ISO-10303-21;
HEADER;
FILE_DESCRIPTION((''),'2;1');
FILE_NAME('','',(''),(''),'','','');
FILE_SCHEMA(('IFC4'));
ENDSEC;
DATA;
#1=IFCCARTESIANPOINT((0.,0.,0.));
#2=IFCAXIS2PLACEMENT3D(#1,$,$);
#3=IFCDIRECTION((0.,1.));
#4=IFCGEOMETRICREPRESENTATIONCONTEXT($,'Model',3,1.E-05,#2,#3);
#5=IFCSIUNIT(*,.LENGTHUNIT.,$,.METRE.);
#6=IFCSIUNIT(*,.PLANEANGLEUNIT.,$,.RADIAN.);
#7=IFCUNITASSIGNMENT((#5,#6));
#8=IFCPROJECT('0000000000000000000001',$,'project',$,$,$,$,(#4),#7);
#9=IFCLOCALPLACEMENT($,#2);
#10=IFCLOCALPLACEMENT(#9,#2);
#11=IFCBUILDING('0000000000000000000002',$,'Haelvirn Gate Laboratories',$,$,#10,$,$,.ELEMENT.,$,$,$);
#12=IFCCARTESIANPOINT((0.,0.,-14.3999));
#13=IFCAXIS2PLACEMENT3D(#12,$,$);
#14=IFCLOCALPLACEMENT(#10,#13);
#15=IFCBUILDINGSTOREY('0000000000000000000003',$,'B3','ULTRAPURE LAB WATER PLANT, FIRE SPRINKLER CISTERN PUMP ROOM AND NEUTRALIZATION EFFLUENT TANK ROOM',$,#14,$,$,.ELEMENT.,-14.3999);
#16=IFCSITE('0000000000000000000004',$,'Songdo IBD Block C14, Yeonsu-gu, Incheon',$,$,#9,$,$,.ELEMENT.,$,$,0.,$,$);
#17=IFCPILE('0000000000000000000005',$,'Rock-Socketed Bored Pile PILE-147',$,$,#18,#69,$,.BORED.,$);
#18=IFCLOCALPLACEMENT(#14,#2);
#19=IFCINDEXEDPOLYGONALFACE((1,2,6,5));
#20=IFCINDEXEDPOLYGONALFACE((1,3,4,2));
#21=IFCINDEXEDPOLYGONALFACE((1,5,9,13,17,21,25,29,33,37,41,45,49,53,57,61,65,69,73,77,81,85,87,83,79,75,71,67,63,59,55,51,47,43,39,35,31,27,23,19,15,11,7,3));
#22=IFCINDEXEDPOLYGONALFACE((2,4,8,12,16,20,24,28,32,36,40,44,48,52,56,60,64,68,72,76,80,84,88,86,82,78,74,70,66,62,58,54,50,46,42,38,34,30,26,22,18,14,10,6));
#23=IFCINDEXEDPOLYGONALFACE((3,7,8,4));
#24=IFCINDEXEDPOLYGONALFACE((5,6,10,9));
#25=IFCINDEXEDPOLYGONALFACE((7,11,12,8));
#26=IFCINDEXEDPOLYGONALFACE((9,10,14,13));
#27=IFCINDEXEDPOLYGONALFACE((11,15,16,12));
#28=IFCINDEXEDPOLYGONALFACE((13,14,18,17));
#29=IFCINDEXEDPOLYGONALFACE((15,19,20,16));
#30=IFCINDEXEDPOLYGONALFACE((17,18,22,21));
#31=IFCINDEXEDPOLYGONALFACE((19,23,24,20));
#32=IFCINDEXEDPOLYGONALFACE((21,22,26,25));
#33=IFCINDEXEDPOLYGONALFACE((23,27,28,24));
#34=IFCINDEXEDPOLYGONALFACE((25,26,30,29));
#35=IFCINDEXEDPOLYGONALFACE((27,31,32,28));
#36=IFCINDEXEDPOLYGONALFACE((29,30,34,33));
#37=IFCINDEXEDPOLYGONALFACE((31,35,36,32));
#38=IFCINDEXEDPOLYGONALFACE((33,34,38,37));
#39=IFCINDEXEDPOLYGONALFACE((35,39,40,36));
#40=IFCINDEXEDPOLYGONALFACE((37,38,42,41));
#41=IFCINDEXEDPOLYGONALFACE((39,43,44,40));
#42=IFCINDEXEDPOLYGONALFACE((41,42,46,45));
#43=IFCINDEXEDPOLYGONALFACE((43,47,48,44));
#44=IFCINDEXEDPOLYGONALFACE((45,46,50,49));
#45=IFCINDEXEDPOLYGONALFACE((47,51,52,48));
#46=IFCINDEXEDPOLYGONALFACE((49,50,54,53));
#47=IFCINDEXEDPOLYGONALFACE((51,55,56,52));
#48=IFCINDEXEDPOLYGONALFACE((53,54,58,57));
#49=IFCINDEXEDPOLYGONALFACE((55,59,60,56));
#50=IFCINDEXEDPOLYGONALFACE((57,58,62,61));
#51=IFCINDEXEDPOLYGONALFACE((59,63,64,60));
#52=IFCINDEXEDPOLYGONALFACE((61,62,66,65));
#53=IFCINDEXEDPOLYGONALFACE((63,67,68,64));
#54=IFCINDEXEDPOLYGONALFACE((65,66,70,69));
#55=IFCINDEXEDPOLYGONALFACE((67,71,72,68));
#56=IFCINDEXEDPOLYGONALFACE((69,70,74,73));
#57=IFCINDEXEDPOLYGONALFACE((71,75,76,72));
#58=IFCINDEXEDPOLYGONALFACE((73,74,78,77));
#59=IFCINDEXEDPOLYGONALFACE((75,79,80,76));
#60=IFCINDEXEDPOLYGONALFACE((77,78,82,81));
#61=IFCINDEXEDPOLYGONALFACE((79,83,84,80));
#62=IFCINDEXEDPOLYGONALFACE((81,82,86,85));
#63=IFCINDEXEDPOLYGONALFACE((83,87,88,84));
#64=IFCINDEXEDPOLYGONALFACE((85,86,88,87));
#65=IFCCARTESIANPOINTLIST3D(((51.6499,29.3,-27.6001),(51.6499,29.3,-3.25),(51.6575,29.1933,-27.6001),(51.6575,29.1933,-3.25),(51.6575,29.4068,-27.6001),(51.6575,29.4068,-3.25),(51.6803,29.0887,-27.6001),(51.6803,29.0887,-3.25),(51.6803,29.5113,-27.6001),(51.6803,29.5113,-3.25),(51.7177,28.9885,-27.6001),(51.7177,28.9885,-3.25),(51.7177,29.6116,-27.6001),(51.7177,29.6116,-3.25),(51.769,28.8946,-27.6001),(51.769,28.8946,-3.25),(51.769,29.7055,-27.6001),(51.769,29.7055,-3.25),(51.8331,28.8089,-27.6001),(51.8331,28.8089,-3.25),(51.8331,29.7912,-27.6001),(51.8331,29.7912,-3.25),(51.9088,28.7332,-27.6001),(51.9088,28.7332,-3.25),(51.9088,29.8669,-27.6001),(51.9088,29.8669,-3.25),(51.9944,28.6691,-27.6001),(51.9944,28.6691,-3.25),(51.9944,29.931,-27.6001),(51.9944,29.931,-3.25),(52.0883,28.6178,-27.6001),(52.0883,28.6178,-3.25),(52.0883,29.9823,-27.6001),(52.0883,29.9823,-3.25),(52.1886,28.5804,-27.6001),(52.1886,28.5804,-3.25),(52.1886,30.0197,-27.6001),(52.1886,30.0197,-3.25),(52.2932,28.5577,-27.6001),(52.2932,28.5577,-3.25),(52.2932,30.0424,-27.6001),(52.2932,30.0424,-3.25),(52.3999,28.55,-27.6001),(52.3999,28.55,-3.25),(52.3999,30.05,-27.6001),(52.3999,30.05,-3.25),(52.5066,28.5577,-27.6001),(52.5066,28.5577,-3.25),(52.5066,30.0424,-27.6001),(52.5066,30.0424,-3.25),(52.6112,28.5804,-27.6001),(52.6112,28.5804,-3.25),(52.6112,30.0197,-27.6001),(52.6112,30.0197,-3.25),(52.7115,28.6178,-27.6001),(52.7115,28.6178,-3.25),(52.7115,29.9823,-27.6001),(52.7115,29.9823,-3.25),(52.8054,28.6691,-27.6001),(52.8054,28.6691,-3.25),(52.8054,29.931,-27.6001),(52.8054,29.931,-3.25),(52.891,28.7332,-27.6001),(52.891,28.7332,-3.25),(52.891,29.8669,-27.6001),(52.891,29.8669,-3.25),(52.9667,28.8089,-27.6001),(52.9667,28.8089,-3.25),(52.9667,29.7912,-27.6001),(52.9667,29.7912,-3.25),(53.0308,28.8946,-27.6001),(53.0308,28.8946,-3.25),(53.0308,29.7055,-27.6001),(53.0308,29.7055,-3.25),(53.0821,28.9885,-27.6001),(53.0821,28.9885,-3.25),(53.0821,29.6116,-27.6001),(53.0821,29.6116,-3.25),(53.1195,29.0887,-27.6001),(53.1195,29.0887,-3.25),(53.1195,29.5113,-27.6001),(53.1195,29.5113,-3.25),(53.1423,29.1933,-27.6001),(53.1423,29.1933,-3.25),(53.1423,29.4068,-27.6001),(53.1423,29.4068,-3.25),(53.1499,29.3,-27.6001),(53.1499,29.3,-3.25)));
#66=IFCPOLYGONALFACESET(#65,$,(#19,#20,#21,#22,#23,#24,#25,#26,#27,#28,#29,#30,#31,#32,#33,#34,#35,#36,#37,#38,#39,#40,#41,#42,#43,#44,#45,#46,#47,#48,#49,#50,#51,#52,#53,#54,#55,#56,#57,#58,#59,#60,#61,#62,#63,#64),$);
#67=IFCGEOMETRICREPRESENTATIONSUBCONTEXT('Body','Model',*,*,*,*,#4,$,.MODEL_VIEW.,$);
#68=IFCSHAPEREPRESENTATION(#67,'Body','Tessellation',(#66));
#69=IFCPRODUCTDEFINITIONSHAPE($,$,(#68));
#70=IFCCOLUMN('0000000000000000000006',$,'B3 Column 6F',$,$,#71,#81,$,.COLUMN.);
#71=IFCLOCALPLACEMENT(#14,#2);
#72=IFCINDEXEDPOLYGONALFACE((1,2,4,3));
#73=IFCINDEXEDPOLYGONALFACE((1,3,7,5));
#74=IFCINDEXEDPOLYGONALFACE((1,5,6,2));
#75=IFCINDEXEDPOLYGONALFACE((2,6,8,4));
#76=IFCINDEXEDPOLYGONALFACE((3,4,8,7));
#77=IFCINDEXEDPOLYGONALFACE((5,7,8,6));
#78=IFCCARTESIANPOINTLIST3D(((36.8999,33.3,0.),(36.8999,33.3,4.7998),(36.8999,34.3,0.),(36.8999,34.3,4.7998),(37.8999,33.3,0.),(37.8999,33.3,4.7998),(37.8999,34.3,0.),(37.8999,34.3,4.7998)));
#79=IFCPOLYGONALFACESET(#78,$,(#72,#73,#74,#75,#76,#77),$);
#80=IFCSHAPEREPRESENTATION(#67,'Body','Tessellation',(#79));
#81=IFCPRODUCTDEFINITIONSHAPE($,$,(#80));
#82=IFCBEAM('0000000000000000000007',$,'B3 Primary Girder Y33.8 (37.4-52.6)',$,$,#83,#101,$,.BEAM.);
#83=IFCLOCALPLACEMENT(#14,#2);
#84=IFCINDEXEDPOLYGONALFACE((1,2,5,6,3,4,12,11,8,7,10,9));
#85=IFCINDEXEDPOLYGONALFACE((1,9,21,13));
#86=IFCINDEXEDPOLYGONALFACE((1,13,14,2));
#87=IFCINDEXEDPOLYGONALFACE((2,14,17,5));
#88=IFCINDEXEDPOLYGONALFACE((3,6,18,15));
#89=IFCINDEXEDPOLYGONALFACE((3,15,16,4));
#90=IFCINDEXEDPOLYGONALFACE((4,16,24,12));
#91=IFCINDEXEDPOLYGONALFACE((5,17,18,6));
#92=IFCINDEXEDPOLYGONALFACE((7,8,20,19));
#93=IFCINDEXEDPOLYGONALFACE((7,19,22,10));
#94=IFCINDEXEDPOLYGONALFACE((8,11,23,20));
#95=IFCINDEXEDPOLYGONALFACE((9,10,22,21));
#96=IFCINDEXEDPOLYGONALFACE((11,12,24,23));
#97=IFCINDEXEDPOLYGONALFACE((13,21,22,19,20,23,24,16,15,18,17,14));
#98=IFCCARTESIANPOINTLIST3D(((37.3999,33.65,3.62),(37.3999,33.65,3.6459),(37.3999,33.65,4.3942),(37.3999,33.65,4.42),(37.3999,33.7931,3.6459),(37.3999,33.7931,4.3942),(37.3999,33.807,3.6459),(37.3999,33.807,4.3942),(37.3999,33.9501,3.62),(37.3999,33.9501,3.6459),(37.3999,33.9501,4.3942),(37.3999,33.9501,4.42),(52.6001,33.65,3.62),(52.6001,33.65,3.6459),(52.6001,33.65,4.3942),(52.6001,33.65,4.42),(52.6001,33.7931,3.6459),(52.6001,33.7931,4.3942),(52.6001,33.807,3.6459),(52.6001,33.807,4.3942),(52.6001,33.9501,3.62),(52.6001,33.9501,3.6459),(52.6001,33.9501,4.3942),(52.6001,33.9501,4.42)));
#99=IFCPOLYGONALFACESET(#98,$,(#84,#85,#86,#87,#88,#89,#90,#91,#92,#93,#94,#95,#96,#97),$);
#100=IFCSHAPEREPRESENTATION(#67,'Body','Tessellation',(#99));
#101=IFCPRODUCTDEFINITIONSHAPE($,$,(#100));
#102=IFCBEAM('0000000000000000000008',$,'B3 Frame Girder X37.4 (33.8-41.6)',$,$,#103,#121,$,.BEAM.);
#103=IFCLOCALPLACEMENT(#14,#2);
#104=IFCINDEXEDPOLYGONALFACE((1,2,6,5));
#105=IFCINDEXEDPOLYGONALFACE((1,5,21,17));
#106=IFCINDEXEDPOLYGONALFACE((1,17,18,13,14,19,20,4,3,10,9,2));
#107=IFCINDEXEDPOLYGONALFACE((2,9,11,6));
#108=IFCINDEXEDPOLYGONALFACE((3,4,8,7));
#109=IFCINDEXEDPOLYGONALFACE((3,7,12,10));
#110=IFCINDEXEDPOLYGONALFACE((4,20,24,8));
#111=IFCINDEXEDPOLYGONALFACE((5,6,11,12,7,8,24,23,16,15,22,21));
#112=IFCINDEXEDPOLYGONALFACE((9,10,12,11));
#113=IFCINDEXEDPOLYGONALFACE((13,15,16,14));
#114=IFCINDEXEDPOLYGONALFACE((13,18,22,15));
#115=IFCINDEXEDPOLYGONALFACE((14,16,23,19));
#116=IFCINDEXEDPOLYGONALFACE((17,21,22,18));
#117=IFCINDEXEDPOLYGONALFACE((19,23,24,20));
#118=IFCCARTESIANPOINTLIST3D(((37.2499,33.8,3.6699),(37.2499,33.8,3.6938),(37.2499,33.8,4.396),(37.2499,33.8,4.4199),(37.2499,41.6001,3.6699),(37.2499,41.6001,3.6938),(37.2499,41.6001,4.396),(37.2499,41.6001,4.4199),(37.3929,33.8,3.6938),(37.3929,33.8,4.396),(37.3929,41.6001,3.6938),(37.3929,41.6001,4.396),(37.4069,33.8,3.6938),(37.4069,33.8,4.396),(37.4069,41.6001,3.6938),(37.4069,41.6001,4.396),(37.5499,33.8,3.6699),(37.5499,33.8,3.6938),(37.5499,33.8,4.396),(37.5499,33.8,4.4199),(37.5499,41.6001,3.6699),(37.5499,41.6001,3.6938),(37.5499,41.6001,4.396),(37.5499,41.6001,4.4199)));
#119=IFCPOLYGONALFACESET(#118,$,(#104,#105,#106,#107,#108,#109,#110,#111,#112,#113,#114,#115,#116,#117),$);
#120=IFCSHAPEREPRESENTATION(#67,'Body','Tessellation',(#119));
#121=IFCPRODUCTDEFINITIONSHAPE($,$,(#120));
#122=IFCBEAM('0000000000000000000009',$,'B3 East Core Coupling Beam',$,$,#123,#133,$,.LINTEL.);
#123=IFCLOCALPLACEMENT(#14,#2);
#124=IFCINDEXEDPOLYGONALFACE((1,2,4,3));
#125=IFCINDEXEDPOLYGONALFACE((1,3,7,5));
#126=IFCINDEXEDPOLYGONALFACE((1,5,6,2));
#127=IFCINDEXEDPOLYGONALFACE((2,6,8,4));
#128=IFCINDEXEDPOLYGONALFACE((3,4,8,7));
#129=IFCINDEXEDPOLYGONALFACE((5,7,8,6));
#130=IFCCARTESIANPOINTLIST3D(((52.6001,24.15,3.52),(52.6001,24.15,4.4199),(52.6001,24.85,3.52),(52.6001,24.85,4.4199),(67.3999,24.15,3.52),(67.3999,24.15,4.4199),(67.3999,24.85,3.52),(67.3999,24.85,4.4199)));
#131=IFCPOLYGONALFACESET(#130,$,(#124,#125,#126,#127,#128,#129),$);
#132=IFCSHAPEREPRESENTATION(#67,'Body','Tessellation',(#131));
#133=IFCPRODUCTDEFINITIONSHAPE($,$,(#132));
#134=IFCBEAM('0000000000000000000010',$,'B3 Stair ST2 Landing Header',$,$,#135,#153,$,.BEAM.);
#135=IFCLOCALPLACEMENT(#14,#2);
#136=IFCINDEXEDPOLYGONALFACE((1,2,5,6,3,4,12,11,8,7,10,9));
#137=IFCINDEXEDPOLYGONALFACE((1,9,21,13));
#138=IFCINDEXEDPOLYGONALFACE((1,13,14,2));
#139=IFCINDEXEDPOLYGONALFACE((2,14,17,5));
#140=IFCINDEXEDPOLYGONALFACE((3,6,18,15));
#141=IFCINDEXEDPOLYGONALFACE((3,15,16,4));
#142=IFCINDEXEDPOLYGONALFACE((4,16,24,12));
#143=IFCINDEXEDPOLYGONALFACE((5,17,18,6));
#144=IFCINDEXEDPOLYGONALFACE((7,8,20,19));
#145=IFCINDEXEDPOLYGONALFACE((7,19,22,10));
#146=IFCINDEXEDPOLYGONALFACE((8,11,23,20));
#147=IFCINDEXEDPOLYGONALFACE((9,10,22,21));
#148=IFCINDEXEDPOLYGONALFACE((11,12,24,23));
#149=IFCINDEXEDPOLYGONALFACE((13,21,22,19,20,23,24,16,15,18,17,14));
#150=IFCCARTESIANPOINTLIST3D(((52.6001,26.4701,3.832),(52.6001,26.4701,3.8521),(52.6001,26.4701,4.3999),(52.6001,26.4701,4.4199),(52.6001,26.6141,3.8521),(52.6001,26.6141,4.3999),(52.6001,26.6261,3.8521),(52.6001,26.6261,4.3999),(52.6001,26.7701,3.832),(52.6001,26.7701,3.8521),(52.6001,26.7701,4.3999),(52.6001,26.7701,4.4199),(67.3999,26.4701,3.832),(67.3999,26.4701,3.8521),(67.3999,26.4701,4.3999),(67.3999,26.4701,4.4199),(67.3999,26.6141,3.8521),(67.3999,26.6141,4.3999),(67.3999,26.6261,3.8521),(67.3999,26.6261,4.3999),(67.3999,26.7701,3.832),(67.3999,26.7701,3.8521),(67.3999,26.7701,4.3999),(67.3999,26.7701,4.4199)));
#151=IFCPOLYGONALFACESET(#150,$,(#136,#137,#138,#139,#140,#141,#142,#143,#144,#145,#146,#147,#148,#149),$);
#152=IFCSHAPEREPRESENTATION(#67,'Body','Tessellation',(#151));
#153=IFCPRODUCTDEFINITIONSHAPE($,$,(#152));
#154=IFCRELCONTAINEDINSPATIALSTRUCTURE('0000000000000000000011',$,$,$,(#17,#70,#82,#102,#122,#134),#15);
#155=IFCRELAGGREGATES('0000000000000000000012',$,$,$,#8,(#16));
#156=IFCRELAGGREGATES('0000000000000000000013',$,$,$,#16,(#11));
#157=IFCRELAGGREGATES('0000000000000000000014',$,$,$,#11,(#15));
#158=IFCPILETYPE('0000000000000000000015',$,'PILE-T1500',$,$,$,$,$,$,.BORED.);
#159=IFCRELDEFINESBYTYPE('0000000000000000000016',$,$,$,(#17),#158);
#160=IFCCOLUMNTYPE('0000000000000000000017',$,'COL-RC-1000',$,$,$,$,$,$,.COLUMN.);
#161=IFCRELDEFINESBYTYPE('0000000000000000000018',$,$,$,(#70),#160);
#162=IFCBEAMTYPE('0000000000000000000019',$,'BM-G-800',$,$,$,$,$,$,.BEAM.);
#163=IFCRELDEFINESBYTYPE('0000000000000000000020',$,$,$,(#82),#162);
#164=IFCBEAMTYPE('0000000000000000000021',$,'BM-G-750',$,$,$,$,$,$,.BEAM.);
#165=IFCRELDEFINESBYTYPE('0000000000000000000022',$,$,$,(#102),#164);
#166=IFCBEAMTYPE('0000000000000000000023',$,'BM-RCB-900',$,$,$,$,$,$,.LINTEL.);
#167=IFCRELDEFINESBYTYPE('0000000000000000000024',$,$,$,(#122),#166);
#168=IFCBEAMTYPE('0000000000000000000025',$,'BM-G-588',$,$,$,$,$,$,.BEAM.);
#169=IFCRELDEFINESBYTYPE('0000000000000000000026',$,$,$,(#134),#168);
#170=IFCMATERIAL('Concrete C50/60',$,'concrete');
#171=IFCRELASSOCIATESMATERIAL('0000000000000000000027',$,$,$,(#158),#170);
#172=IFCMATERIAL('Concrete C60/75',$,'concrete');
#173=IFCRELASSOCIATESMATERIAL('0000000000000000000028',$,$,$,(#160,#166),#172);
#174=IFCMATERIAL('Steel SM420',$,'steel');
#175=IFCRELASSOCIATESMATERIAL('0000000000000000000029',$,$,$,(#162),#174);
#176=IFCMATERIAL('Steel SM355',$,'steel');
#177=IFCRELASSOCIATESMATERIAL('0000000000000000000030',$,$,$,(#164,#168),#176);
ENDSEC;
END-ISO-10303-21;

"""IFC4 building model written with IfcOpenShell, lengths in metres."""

from ifc_helpers import new_model, si_unit, direction, frame, origin, origin_2d, place, context, subcontext, project, spatial, rectangle, circle, i_section, extrude, source, transform, mapped, material, material_profile, profile_set, type_object, type_shapes, element, save


model = new_model("IFC4")

# Units and contexts
model_context = context("Model", 3, precision=1e-05, world=origin(), true_north=direction((0.0, 1.0)))
body_context = subcontext(model_context, "Body", "Model", "MODEL_VIEW")
ifc_project = project(units=[si_unit("LENGTHUNIT", "METRE"), si_unit("PLANEANGLEUNIT", "RADIAN")], contexts=[model_context])

# Site, building, storey
site_placement = place(None, origin())
site = spatial("IfcSite", under=ifc_project, at=site_placement, Name="Songdo IBD Block C14, Yeonsu-gu, Incheon", CompositionType="ELEMENT", RefElevation=0.0)
building_placement = place(site_placement, origin())
building = spatial("IfcBuilding", under=site, at=building_placement, Name="Haelvirn Gate Laboratories", CompositionType="ELEMENT")
storey_placement = place(building_placement, frame((0.0, 0.0, -14.3999)))
storey = spatial("IfcBuildingStorey", under=building, at=storey_placement, Name="B3", Description="ULTRAPURE LAB WATER PLANT, FIRE SPRINKLER CISTERN PUMP ROOM AND NEUTRALIZATION EFFLUENT TANK ROOM", CompositionType="ELEMENT", Elevation=-14.3999)

# Pile
ifc_material_1 = material(Name="Concrete C50/60", Category="concrete")
ifc_material_profile_1 = material_profile(ifc_material_1, circle(Radius=0.75, at=origin_2d()), Name="PILE-D1500")
ifc_profile_set_1 = profile_set([ifc_material_profile_1], Name="Concrete C50/60")
pile_type_1 = type_object("IfcPileType", Name="PILE-T1500", PredefinedType="BORED", material=ifc_profile_set_1)
shared_shape_1 = source(origin(), body_context, "Body", "SweptSolid", [
    extrude(circle(Radius=0.75, at=origin_2d()), origin(), (0.0, 0.0, 1.0), 24.3501),
])
type_shapes(pile_type_1, [shared_shape_1])
for number, where, z_axis, x_axis, name in (
    (1, (52.3999, 29.3, -3.25), (0.0, 0.0, -1.0), (1.0, 0.0, 0.0), "Rock-Socketed Bored Pile PILE-147"),
):
    element("IfcPile", number, at=place(storey_placement, frame(where, z_axis=z_axis, x_axis=x_axis)), inside=storey, type_object=pile_type_1, Name=name, PredefinedType="BORED", context=body_context, shape_type="MappedRepresentation", body=[
        mapped(shared_shape_1, transform((0.0, 0.0, 0.0), scale=1.0)),
    ])

# Column
ifc_material_2 = material(Name="Concrete C60/75", Category="concrete")
ifc_material_profile_2 = material_profile(ifc_material_2, rectangle(XDim=1.0, YDim=1.0, at=origin_2d()), Name="RC-1000x1000")
ifc_profile_set_2 = profile_set([ifc_material_profile_2], Name="Concrete C60/75")
column_type = type_object("IfcColumnType", Name="COL-RC-1000", PredefinedType="COLUMN", material=ifc_profile_set_2)
shared_shape_2 = source(origin(), body_context, "Body", "SweptSolid", [
    extrude(rectangle(XDim=1.0, YDim=1.0, at=origin_2d()), origin(), (0.0, 0.0, 1.0), 4.7998),
])
type_shapes(column_type, [shared_shape_2])
column_placement = place(storey_placement, frame((37.3999, 33.8, 0.0), z_axis=(0.0, 0.0, 1.0), x_axis=(1.0, 0.0, 0.0)))
element("IfcColumn", 2, at=column_placement, inside=storey, type_object=column_type, Name="B3 Column 6F", PredefinedType="COLUMN", context=body_context, shape_type="MappedRepresentation", body=[
    mapped(shared_shape_2, transform((0.0, 0.0, 0.0), scale=1.0)),
])

# Beams
ifc_material_3 = material(Name="Steel SM420", Category="steel")
ifc_material_profile_3 = material_profile(ifc_material_3, i_section(OverallWidth=0.3, OverallDepth=0.8, WebThickness=0.0139, FlangeThickness=0.0259, at=origin_2d()), Name="H-800x300x14x26")
ifc_profile_set_3 = profile_set([ifc_material_profile_3], Name="Steel SM420")
beam_type_1 = type_object("IfcBeamType", Name="BM-G-800", PredefinedType="BEAM", material=ifc_profile_set_3)
shared_shape_3 = source(origin(), body_context, "Body", "SweptSolid", [
    extrude(i_section(OverallWidth=0.3, OverallDepth=0.8, WebThickness=0.0139, FlangeThickness=0.0259, at=origin_2d()), origin(), (0.0, 0.0, 1.0), 15.2002),
])
type_shapes(beam_type_1, [shared_shape_3])
beam_1_placement = place(storey_placement, frame((37.3999, 33.8, 4.02), z_axis=(1.0, 0.0, 0.0), x_axis=(0.0, 1.0, 0.0)))
element("IfcBeam", 3, at=beam_1_placement, inside=storey, type_object=beam_type_1, Name="B3 Primary Girder Y33.8 (37.4-52.6)", PredefinedType="BEAM", context=body_context, shape_type="MappedRepresentation", body=[
    mapped(shared_shape_3, transform((0.0, 0.0, 0.0), scale=1.0)),
])
ifc_material_4 = material(Name="Steel SM355", Category="steel")
ifc_material_profile_4 = material_profile(ifc_material_4, i_section(OverallWidth=0.3, OverallDepth=0.75, WebThickness=0.0139, FlangeThickness=0.0239, at=origin_2d()), Name="H-750x300x14x24")
ifc_profile_set_4 = profile_set([ifc_material_profile_4], Name="Steel SM355")
beam_type_2 = type_object("IfcBeamType", Name="BM-G-750", PredefinedType="BEAM", material=ifc_profile_set_4)
shared_shape_4 = source(origin(), body_context, "Body", "SweptSolid", [
    extrude(i_section(OverallWidth=0.3, OverallDepth=0.75, WebThickness=0.0139, FlangeThickness=0.0239, at=origin_2d()), origin(), (0.0, 0.0, 1.0), 7.8),
])
type_shapes(beam_type_2, [shared_shape_4])
beam_2_placement = place(storey_placement, frame((37.3999, 33.8, 4.0449), z_axis=(0.0, 1.0, 0.0), x_axis=(-1.0, 0.0, 0.0)))
element("IfcBeam", 4, at=beam_2_placement, inside=storey, type_object=beam_type_2, Name="B3 Frame Girder X37.4 (33.8-41.6)", PredefinedType="BEAM", context=body_context, shape_type="MappedRepresentation", body=[
    mapped(shared_shape_4, transform((0.0, 0.0, 0.0), scale=1.0)),
])
ifc_material_profile_5 = material_profile(ifc_material_2, rectangle(XDim=0.7, YDim=0.8999, at=origin_2d()), Name="RCB-700x900")
ifc_profile_set_5 = profile_set([ifc_material_profile_5], Name="Concrete C60/75")
beam_type_3 = type_object("IfcBeamType", Name="BM-RCB-900", PredefinedType="LINTEL", material=ifc_profile_set_5)
shared_shape_5 = source(origin(), body_context, "Body", "SweptSolid", [
    extrude(rectangle(XDim=0.7, YDim=0.8999, at=origin_2d()), origin(), (0.0, 0.0, 1.0), 14.7998),
])
type_shapes(beam_type_3, [shared_shape_5])
beam_3_placement = place(storey_placement, frame((52.6001, 24.5, 3.97), z_axis=(1.0, 0.0, 0.0), x_axis=(0.0, 1.0, 0.0)))
element("IfcBeam", 5, at=beam_3_placement, inside=storey, type_object=beam_type_3, Name="B3 East Core Coupling Beam", PredefinedType="LINTEL", context=body_context, shape_type="MappedRepresentation", body=[
    mapped(shared_shape_5, transform((0.0, 0.0, 0.0), scale=1.0)),
])
ifc_material_profile_6 = material_profile(ifc_material_4, i_section(OverallWidth=0.3, OverallDepth=0.5879, WebThickness=0.012, FlangeThickness=0.02, at=origin_2d()), Name="H-588x300x12x20")
ifc_profile_set_6 = profile_set([ifc_material_profile_6], Name="Steel SM355")
beam_type_4 = type_object("IfcBeamType", Name="BM-G-588", PredefinedType="BEAM", material=ifc_profile_set_6)
shared_shape_6 = source(origin(), body_context, "Body", "SweptSolid", [
    extrude(i_section(OverallWidth=0.3, OverallDepth=0.5879, WebThickness=0.012, FlangeThickness=0.02, at=origin_2d()), origin(), (0.0, 0.0, 1.0), 14.7998),
])
type_shapes(beam_type_4, [shared_shape_6])
beam_4_placement = place(storey_placement, frame((52.6001, 26.6201, 4.126), z_axis=(1.0, 0.0, 0.0), x_axis=(0.0, 1.0, 0.0)))
element("IfcBeam", 6, at=beam_4_placement, inside=storey, type_object=beam_type_4, Name="B3 Stair ST2 Landing Header", PredefinedType="BEAM", context=body_context, shape_type="MappedRepresentation", body=[
    mapped(shared_shape_6, transform((0.0, 0.0, 0.0), scale=1.0)),
])

save(model, "model.ifc")
